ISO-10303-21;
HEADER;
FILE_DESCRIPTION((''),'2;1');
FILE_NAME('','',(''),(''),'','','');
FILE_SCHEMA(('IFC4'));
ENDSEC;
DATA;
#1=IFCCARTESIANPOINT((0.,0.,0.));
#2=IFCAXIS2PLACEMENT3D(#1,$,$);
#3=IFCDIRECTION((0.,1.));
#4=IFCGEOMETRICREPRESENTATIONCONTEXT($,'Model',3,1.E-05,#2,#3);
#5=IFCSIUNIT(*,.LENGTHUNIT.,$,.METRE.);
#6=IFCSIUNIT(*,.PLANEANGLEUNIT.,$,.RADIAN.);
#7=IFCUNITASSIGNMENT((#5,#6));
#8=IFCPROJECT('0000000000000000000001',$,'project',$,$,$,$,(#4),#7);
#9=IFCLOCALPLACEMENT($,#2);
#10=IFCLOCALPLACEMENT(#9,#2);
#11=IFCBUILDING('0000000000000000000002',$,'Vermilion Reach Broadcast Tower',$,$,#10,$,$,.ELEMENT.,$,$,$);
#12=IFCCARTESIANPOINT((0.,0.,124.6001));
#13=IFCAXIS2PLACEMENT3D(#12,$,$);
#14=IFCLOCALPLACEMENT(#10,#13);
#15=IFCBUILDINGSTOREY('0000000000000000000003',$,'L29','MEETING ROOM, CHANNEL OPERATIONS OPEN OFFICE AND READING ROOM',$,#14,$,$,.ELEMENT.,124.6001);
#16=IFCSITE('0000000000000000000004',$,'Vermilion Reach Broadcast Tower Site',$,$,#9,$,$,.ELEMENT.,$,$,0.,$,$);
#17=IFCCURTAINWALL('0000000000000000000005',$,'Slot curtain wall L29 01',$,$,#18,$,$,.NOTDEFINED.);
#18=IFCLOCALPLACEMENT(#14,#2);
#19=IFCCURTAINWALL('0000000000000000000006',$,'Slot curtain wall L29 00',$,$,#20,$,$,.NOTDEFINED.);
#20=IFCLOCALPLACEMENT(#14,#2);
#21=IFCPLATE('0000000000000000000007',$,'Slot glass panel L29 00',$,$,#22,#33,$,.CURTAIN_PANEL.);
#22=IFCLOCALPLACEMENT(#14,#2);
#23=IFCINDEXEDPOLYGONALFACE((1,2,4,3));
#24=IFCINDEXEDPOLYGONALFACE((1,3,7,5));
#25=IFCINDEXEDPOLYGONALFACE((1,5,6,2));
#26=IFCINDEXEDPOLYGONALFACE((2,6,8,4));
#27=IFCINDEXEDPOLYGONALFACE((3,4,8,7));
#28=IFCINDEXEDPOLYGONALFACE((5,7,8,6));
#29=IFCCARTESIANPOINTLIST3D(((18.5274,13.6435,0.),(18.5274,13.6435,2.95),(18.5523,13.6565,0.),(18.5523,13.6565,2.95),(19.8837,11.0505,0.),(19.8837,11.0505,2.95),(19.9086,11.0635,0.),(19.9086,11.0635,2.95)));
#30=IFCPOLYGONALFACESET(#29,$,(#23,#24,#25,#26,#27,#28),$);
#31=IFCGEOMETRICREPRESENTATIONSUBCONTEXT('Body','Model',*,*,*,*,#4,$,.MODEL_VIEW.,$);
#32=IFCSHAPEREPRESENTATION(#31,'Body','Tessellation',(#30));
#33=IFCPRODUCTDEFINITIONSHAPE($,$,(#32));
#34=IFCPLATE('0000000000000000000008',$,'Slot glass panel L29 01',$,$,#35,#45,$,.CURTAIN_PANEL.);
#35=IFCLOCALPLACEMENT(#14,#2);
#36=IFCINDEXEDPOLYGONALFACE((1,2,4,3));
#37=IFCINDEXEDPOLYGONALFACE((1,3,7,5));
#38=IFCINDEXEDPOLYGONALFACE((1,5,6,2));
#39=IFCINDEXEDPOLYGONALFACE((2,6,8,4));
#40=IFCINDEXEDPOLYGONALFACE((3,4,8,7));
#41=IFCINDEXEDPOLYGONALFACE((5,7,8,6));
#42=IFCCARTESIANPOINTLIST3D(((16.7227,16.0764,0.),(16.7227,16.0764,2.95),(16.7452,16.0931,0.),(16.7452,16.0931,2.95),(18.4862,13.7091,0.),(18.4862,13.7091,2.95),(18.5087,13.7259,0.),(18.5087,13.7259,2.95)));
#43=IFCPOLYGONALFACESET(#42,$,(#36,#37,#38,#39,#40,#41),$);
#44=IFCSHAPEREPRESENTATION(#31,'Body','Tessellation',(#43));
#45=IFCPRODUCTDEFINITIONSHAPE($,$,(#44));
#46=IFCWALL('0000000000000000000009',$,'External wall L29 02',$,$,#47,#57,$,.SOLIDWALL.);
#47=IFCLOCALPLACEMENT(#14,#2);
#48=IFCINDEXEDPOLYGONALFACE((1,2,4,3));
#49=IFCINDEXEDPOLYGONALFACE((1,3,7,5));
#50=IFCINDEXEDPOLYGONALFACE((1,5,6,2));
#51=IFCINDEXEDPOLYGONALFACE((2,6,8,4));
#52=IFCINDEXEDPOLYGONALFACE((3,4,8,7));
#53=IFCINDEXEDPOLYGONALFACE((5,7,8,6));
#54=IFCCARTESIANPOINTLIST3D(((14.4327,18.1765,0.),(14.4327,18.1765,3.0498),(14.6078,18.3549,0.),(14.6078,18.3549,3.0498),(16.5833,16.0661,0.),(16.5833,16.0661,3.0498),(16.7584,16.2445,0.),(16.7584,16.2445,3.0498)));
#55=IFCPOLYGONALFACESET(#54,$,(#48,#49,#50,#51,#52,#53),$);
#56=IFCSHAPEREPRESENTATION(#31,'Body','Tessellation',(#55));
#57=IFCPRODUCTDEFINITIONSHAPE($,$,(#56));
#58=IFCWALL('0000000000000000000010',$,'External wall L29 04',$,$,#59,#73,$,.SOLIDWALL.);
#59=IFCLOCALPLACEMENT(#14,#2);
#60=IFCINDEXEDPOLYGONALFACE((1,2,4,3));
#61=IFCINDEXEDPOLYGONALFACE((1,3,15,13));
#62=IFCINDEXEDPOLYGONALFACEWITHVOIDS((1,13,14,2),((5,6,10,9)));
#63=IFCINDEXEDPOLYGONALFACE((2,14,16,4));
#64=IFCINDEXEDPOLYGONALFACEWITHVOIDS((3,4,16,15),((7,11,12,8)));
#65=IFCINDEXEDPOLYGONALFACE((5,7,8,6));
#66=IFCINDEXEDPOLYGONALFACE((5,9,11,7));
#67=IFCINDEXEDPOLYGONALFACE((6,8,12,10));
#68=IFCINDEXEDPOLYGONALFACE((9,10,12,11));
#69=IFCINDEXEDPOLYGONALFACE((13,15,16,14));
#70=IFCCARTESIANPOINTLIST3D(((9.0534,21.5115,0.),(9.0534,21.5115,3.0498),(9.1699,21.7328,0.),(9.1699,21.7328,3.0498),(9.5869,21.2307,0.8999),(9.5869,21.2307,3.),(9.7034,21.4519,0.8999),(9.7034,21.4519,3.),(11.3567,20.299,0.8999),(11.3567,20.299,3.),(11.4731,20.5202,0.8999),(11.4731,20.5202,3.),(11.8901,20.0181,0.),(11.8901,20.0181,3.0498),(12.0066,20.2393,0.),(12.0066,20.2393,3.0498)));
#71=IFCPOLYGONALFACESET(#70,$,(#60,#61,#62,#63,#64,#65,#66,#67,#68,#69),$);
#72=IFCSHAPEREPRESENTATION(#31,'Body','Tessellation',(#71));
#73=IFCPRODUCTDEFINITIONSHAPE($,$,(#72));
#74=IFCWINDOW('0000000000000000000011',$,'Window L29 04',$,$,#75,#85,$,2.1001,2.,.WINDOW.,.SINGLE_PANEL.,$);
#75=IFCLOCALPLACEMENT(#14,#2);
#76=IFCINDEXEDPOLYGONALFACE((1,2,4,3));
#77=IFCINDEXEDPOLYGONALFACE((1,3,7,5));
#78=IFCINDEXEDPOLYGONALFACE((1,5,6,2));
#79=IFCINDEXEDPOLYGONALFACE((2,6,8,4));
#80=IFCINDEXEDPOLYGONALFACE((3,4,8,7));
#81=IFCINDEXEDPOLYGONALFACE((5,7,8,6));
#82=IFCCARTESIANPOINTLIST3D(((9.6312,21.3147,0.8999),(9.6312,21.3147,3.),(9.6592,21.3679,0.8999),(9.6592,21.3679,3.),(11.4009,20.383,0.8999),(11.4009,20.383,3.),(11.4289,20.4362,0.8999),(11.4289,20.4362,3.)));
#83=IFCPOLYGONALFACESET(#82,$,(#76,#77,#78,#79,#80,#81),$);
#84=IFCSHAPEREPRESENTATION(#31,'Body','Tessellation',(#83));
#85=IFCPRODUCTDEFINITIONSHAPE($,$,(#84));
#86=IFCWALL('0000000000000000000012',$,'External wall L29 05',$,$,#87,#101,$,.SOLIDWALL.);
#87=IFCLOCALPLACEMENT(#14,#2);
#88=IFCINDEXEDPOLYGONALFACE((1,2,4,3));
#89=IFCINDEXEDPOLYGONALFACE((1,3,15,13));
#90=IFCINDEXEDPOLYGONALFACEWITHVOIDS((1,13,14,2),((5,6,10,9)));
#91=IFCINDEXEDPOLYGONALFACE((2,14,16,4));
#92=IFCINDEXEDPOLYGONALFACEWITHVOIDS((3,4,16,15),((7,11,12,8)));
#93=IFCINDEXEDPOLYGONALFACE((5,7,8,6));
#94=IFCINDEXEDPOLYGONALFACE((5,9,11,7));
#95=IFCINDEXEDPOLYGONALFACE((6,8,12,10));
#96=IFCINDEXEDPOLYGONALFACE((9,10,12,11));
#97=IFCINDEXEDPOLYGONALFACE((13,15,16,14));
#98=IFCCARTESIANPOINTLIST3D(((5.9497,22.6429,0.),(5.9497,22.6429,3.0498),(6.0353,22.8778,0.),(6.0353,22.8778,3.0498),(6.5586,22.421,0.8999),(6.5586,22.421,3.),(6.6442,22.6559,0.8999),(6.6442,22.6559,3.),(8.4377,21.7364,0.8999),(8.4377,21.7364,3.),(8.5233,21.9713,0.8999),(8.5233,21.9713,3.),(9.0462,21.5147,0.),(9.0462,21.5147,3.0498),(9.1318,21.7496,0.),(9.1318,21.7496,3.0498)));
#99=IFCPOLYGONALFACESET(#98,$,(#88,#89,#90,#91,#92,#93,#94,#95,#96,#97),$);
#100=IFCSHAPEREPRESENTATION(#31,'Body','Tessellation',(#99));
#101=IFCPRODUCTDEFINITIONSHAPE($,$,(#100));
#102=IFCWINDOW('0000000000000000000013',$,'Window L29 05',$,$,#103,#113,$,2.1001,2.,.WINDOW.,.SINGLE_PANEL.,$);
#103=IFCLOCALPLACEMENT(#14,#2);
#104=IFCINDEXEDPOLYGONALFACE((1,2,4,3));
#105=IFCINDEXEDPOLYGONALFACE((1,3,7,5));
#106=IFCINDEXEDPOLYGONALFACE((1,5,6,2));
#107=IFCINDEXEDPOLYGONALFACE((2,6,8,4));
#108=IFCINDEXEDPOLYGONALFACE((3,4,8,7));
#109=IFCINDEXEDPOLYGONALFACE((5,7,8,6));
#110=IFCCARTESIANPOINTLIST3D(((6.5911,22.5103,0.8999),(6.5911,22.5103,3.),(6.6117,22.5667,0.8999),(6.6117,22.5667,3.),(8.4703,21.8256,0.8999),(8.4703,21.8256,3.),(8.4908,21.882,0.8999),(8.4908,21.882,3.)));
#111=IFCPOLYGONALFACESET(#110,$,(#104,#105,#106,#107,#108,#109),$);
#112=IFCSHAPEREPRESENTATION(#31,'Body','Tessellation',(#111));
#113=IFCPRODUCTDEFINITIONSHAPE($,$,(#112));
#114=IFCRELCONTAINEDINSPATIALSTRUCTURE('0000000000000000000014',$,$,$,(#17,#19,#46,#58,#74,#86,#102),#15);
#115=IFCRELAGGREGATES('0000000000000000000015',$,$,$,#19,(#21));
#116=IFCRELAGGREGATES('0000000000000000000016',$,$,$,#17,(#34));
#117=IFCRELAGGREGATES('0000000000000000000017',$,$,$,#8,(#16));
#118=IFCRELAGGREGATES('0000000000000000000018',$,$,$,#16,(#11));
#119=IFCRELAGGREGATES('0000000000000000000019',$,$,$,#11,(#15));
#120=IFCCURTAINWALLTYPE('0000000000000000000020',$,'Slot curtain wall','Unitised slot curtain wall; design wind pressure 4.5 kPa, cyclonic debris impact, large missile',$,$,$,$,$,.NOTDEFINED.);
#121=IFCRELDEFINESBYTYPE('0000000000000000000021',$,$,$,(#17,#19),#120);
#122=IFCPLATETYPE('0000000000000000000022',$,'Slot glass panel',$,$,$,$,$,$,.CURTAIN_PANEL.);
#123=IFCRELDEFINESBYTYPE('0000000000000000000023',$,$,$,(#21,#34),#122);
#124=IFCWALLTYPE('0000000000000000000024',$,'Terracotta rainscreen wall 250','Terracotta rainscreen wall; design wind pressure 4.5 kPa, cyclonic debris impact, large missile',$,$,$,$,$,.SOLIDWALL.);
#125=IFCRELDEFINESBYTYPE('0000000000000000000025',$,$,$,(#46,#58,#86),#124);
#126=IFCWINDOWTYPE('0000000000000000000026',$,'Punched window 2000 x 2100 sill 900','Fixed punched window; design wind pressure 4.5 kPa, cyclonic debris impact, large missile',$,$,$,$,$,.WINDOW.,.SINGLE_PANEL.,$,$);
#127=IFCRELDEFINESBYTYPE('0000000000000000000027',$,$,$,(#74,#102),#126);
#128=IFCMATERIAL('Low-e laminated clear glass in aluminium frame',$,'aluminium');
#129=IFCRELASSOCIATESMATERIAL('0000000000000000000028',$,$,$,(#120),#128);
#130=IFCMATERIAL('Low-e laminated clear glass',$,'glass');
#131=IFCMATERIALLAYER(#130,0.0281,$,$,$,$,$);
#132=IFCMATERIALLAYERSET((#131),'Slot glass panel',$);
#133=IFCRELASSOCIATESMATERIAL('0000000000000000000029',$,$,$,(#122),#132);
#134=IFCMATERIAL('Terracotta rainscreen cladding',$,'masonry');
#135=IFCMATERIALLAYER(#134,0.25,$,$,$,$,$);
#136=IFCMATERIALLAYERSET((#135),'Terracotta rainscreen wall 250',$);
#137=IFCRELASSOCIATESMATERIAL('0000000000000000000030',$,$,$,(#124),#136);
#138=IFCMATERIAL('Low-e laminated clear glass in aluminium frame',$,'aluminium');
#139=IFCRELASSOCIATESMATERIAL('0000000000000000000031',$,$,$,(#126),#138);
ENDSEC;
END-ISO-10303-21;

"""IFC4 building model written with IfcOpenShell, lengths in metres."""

from ifc_helpers import new_model, si_unit, direction, frame, frame_2d, origin, origin_2d, place, context, subcontext, project, spatial, rectangle, extrude, material, layer, layer_set, type_object, element, fill, aggregate, save


model = new_model("IFC4")

# Units and contexts
model_context = context("Model", 3, precision=1e-05, world=origin(), true_north=direction((0.0, 1.0)))
body_context = subcontext(model_context, "Body", "Model", "MODEL_VIEW")
ifc_project = project(units=[si_unit("LENGTHUNIT", "METRE"), si_unit("PLANEANGLEUNIT", "RADIAN")], contexts=[model_context])

# Site, building, storey
site_placement = place(None, origin())
site = spatial("IfcSite", under=ifc_project, at=site_placement, Name="Vermilion Reach Broadcast Tower Site", CompositionType="ELEMENT", RefElevation=0.0)
building_placement = place(site_placement, origin())
building = spatial("IfcBuilding", under=site, at=building_placement, Name="Vermilion Reach Broadcast Tower", CompositionType="ELEMENT")
storey_placement = place(building_placement, frame((0.0, 0.0, 124.6001)))
storey = spatial("IfcBuildingStorey", under=building, at=storey_placement, Name="L29", Description="MEETING ROOM, CHANNEL OPERATIONS OPEN OFFICE AND READING ROOM", CompositionType="ELEMENT", Elevation=124.6001)

# Curtain wall
ifc_material_1 = material(Name="Low-e laminated clear glass in aluminium frame", Category="aluminium")
curtain_wall_type = type_object("IfcCurtainWallType", Name="Slot curtain wall", Description="Unitised slot curtain wall; design wind pressure 4.5 kPa, cyclonic debris impact, large missile", PredefinedType="NOTDEFINED", material=ifc_material_1)
placement = place(storey_placement, origin())
curtain_wall_1 = element("IfcCurtainWall", 1, at=placement, inside=storey, type_object=curtain_wall_type, Name="Slot curtain wall L29 01", PredefinedType="NOTDEFINED")

# Curtain wall, plate
curtain_wall_2 = element("IfcCurtainWall", 2, at=placement, inside=storey, type_object=curtain_wall_type, Name="Slot curtain wall L29 00", PredefinedType="NOTDEFINED")
ifc_material_2 = material(Name="Low-e laminated clear glass", Category="glass")
ifc_layer_1 = layer(ifc_material_2, 0.0281)
ifc_layer_set_1 = layer_set([ifc_layer_1], Name="Slot glass panel")
plate_type = type_object("IfcPlateType", Name="Slot glass panel", PredefinedType="CURTAIN_PANEL", material=ifc_layer_set_1)
plate_1_placement = place(storey_placement, frame((19.218, 12.3535, 0.0), z_axis=(0.0, 0.0, 1.0), x_axis=(-0.463501, 0.886097, 0.0)))
plate_1 = element("IfcPlate", 3, at=plate_1_placement, type_object=plate_type, Name="Slot glass panel L29 00", PredefinedType="CURTAIN_PANEL", context=body_context, shape_type="SweptSolid", body=[
    extrude(rectangle(XDim=2.9263, YDim=0.0281, at=origin_2d()), origin(), (0.0, 0.0, 1.0), 2.95),
])
aggregate(curtain_wall_2, [plate_1])

# Plate
plate_2_placement = place(storey_placement, frame((17.6157, 14.9011, 0.0), z_axis=(0.0, 0.0, 1.0), x_axis=(-0.597409, 0.801937, 0.0)))
plate_2 = element("IfcPlate", 4, at=plate_2_placement, type_object=plate_type, Name="Slot glass panel L29 01", PredefinedType="CURTAIN_PANEL", context=body_context, shape_type="SweptSolid", body=[
    extrude(rectangle(XDim=2.9519, YDim=0.0281, at=origin_2d()), origin(), (0.0, 0.0, 1.0), 2.95),
])
aggregate(curtain_wall_1, [plate_2])

# Wall
ifc_material_3 = material(Name="Terracotta rainscreen cladding", Category="masonry")
ifc_layer_2 = layer(ifc_material_3, 0.25)
ifc_layer_set_2 = layer_set([ifc_layer_2], Name="Terracotta rainscreen wall 250")
wall_type = type_object("IfcWallType", Name="Terracotta rainscreen wall 250", Description="Terracotta rainscreen wall; design wind pressure 4.5 kPa, cyclonic debris impact, large missile", PredefinedType="SOLIDWALL", material=ifc_layer_set_2)
wall_1_placement = place(storey_placement, frame((16.6709, 16.1553, 0.0), z_axis=(0.0, 0.0, 1.0), x_axis=(-0.71376, 0.700391, 0.0)))
element("IfcWall", 5, at=wall_1_placement, inside=storey, type_object=wall_type, Name="External wall L29 02", PredefinedType="SOLIDWALL", context=body_context, shape_type="SweptSolid", body=[
    extrude(rectangle(XDim=3.0132, YDim=0.25, at=frame_2d((1.5066, 0.0))), origin(), (0.0, 0.0, 1.0), 3.0498),
])

# Walls, openings, windows
wall_2_placement = place(storey_placement, frame((11.9485, 20.1287, 0.0), z_axis=(0.0, 0.0, 1.0), x_axis=(-0.884864, 0.46585, 0.0)))
wall_2 = element("IfcWall", 6, at=wall_2_placement, inside=storey, type_object=wall_type, Name="External wall L29 04", PredefinedType="SOLIDWALL", context=body_context, shape_type="SweptSolid", body=[
    extrude(rectangle(XDim=3.2058, YDim=0.25, at=frame_2d((1.603, 0.0))), origin(), (0.0, 0.0, 1.0), 3.0498),
])
opening_1_placement = place(wall_2_placement, frame((0.603, 0.0, 0.8999)))
opening_1 = element("IfcOpeningElement", 7, at=opening_1_placement, cuts=wall_2, PredefinedType="OPENING", context=body_context, shape_type="SweptSolid", body=[
    extrude(rectangle(XDim=2.0, YDim=2.1001, at=frame_2d((1.0, 1.05))), frame((0.0, 0.135, 0.0), z_axis=(0.0, -1.0, 0.0), x_axis=(1.0, 0.0, 0.0)), (0.0, 0.0, 1.0), 0.27),
])
ifc_material_4 = material(Name="Low-e laminated clear glass in aluminium frame", Category="aluminium")
window_type = type_object("IfcWindowType", Name="Punched window 2000 x 2100 sill 900", Description="Fixed punched window; design wind pressure 4.5 kPa, cyclonic debris impact, large missile", PartitioningType="SINGLE_PANEL", PredefinedType="WINDOW", material=ifc_material_4)
window_1_placement = place(opening_1_placement, origin())
window_1 = element("IfcWindow", 8, at=window_1_placement, inside=storey, type_object=window_type, Name="Window L29 04", OverallHeight=2.1001, OverallWidth=2.0, PartitioningType="SINGLE_PANEL", PredefinedType="WINDOW", context=body_context, shape_type="SweptSolid", body=[
    extrude(rectangle(XDim=2.0, YDim=2.1001, at=frame_2d((1.0, 1.05))), frame((0.0, 0.03, 0.0), z_axis=(0.0, -1.0, 0.0), x_axis=(1.0, 0.0, 0.0)), (0.0, 0.0, 1.0), 0.0601),
])
fill(opening_1, window_1)
wall_3_placement = place(storey_placement, frame((9.0891, 21.6321, 0.0), z_axis=(0.0, 0.0, 1.0), x_axis=(-0.939579, 0.342332, 0.0)))
wall_3 = element("IfcWall", 9, at=wall_3_placement, inside=storey, type_object=wall_type, Name="External wall L29 05", PredefinedType="SOLIDWALL", context=body_context, shape_type="SweptSolid", body=[
    extrude(rectangle(XDim=3.2957, YDim=0.25, at=frame_2d((1.6479, 0.0))), origin(), (0.0, 0.0, 1.0), 3.0498),
])
opening_2_placement = place(wall_3_placement, frame((0.6477, 0.0, 0.8999)))
opening_2 = element("IfcOpeningElement", 10, at=opening_2_placement, cuts=wall_3, PredefinedType="OPENING", context=body_context, shape_type="SweptSolid", body=[
    extrude(rectangle(XDim=2.0, YDim=2.1001, at=frame_2d((1.0, 1.05))), frame((0.0, 0.135, 0.0), z_axis=(0.0, -1.0, 0.0), x_axis=(1.0, 0.0, 0.0)), (0.0, 0.0, 1.0), 0.27),
])
window_2_placement = place(opening_2_placement, origin())
window_2 = element("IfcWindow", 11, at=window_2_placement, inside=storey, type_object=window_type, Name="Window L29 05", OverallHeight=2.1001, OverallWidth=2.0, PartitioningType="SINGLE_PANEL", PredefinedType="WINDOW", context=body_context, shape_type="SweptSolid", body=[
    extrude(rectangle(XDim=2.0, YDim=2.1001, at=frame_2d((1.0, 1.05))), frame((0.0, 0.03, 0.0), z_axis=(0.0, -1.0, 0.0), x_axis=(1.0, 0.0, 0.0)), (0.0, 0.0, 1.0), 0.0601),
])
fill(opening_2, window_2)

save(model, "model.ifc")
